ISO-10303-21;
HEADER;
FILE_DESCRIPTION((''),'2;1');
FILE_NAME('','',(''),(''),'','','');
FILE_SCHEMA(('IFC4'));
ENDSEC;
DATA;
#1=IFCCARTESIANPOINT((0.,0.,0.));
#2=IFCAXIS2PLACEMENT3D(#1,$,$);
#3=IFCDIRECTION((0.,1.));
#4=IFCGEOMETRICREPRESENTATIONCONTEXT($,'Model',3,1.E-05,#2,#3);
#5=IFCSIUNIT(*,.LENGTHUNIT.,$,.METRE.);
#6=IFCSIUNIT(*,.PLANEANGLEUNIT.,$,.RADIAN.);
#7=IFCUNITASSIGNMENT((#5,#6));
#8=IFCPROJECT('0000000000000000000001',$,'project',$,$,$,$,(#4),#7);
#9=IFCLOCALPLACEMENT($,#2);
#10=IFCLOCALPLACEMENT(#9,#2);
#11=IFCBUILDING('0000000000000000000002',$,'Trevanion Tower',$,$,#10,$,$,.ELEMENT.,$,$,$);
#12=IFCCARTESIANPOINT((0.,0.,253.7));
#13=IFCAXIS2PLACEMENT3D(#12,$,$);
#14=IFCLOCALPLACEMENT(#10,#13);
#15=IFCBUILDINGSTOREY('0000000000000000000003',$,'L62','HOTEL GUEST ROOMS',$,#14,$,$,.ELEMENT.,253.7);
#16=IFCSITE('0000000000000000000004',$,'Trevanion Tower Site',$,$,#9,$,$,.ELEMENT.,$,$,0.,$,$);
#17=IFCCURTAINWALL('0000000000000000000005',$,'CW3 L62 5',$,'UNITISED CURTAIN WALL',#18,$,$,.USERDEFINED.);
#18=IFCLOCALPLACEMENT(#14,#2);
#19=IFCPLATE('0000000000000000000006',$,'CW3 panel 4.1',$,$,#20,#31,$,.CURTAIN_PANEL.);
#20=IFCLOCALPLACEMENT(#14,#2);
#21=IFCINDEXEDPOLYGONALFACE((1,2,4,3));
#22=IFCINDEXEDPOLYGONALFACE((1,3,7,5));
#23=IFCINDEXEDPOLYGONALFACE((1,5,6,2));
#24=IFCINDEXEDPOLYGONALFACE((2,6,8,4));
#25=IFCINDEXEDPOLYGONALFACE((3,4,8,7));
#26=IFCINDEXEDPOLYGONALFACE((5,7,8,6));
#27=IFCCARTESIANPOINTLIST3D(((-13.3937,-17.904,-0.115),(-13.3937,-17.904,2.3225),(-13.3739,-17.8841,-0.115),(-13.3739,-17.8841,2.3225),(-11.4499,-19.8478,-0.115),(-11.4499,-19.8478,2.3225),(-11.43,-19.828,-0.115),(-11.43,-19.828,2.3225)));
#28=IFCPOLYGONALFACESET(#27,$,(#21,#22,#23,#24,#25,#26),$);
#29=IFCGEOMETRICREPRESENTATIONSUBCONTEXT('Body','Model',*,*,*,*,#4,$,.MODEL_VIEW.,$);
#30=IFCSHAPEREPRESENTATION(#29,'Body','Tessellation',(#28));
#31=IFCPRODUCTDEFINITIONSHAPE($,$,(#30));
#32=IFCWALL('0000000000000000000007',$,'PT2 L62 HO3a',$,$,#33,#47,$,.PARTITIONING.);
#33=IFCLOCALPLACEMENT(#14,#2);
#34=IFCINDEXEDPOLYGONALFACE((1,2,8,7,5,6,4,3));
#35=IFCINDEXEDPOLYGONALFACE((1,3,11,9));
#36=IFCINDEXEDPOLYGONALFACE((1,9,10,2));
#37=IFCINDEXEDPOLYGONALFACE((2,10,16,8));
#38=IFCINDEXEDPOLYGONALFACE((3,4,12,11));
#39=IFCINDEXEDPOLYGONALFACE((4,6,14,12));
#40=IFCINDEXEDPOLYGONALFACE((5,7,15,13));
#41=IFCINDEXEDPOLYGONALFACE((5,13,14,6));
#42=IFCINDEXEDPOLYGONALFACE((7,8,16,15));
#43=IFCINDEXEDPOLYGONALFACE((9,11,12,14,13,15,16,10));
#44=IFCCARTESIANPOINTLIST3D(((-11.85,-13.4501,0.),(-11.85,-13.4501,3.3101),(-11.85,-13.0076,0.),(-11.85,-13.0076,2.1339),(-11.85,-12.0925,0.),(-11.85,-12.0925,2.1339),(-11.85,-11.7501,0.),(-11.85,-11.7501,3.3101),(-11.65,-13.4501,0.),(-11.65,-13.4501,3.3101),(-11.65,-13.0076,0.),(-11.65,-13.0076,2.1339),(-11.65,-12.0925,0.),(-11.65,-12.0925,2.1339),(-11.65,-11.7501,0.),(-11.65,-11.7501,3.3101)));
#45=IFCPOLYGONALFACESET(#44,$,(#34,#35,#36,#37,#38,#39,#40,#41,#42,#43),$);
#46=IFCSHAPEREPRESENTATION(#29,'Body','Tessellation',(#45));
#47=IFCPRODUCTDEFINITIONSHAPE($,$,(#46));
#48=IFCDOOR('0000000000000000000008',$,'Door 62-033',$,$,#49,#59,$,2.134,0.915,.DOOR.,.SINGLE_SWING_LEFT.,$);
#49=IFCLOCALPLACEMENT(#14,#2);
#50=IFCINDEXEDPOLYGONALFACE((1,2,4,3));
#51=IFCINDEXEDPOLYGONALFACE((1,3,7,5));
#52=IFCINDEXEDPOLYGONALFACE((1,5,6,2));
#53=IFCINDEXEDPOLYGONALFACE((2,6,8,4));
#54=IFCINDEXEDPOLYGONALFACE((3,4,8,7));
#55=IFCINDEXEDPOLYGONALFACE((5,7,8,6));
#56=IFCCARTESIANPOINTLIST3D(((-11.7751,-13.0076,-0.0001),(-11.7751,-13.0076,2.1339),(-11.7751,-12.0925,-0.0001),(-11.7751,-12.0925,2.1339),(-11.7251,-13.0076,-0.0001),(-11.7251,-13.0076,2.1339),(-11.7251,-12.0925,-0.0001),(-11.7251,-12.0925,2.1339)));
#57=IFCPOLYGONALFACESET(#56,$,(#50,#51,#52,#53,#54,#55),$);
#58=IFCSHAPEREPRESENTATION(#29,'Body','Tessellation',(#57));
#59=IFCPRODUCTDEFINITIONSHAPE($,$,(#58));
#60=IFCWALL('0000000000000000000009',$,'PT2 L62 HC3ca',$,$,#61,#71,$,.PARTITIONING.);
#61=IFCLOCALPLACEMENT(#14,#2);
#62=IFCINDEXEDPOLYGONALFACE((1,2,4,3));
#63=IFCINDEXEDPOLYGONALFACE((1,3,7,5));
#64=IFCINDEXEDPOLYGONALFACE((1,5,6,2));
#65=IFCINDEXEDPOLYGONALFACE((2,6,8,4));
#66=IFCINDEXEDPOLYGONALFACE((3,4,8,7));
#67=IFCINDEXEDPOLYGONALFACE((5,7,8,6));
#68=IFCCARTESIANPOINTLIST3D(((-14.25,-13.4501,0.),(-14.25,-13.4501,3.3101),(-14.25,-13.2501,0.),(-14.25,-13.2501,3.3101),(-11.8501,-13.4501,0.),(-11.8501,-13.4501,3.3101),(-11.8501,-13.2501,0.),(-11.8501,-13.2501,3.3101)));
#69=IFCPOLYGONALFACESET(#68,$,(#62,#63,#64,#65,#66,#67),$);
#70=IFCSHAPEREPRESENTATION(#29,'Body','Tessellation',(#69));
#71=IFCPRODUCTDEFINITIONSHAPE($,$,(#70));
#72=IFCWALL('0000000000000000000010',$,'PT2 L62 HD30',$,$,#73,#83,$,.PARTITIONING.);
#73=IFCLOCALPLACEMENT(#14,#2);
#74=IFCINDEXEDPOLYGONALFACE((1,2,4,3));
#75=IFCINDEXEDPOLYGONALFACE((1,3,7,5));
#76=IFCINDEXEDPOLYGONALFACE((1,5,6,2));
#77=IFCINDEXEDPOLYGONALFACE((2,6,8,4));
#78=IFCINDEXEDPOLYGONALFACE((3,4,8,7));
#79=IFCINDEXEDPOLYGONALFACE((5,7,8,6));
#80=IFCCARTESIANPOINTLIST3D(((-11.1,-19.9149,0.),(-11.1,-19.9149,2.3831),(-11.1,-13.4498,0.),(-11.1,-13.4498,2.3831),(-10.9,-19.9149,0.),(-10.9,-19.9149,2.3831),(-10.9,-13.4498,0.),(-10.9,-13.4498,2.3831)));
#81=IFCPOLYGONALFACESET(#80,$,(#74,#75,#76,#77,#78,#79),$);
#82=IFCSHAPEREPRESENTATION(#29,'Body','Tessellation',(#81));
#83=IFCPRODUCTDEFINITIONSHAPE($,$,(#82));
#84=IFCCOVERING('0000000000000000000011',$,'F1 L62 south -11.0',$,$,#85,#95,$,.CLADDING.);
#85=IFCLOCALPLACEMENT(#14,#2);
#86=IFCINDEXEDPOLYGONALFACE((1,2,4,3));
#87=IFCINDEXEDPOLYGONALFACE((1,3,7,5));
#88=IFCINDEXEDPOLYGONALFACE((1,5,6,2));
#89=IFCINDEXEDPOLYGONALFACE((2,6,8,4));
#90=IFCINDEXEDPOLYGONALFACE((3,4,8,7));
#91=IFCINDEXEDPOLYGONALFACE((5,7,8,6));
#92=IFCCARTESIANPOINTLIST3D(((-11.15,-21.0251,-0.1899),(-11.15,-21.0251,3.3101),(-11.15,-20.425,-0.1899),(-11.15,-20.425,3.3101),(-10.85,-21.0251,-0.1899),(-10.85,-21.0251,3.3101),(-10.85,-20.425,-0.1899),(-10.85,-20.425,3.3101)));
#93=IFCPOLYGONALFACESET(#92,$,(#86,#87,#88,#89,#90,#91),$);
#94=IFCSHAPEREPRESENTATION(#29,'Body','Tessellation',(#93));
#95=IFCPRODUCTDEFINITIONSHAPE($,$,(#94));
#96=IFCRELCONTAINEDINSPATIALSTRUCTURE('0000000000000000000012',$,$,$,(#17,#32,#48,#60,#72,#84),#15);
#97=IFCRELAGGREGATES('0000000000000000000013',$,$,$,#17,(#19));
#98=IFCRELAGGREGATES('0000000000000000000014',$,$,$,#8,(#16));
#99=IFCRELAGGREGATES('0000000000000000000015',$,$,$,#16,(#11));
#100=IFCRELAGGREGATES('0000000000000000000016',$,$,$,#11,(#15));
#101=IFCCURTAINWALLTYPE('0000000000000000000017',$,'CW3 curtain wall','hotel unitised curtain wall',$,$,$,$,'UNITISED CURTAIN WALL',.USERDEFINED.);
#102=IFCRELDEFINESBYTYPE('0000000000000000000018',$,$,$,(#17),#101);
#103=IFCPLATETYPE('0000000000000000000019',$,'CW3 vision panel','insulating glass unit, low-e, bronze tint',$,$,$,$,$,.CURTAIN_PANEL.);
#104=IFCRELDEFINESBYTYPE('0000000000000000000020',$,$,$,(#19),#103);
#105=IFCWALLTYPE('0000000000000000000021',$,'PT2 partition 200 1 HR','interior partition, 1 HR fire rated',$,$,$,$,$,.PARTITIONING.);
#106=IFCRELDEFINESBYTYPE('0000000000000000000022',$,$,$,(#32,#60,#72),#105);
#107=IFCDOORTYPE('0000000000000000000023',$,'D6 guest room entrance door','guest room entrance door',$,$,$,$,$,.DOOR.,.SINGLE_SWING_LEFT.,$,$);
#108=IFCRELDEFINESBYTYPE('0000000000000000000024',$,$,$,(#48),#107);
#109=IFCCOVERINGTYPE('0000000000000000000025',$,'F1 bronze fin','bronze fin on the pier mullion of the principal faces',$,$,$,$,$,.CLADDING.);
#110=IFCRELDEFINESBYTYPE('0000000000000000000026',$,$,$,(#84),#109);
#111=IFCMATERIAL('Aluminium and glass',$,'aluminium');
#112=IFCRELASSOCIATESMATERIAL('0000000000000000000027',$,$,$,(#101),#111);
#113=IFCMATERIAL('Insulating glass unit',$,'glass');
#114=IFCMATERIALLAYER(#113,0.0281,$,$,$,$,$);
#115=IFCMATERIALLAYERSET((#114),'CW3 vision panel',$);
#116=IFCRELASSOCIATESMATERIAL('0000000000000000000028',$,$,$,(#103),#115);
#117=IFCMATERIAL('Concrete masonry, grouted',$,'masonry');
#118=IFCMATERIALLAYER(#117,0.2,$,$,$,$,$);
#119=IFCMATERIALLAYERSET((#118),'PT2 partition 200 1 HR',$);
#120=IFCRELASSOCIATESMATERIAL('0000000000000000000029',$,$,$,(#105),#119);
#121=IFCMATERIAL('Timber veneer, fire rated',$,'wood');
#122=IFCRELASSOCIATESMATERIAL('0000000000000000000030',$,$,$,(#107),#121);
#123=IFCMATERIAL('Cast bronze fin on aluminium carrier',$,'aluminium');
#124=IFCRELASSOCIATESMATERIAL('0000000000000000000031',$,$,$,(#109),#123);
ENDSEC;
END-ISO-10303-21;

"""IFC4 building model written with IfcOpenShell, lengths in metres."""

from ifc_helpers import new_model, si_unit, direction, frame, frame_2d, origin, origin_2d, place, context, subcontext, project, spatial, rectangle, extrude, material, layer, layer_set, type_object, element, fill, aggregate, save


model = new_model("IFC4")

# Units and contexts
model_context = context("Model", 3, precision=1e-05, world=origin(), true_north=direction((0.0, 1.0)))
body_context = subcontext(model_context, "Body", "Model", "MODEL_VIEW")
ifc_project = project(units=[si_unit("LENGTHUNIT", "METRE"), si_unit("PLANEANGLEUNIT", "RADIAN")], contexts=[model_context])

# Site, building, storey
site_placement = place(None, origin())
site = spatial("IfcSite", under=ifc_project, at=site_placement, Name="Trevanion Tower Site", CompositionType="ELEMENT", RefElevation=0.0)
building_placement = place(site_placement, origin())
building = spatial("IfcBuilding", under=site, at=building_placement, Name="Trevanion Tower", CompositionType="ELEMENT")
storey_placement = place(building_placement, frame((0.0, 0.0, 253.7)))
storey = spatial("IfcBuildingStorey", under=building, at=storey_placement, Name="L62", Description="HOTEL GUEST ROOMS", CompositionType="ELEMENT", Elevation=253.7)

# Curtain wall
ifc_material_1 = material(Name="Aluminium and glass", Category="aluminium")
curtain_wall_type = type_object("IfcCurtainWallType", Name="CW3 curtain wall", Description="hotel unitised curtain wall", ElementType="UNITISED CURTAIN WALL", PredefinedType="USERDEFINED", material=ifc_material_1)
curtain_wall_1_placement = place(storey_placement, origin())
curtain_wall_1 = element("IfcCurtainWall", 1, at=curtain_wall_1_placement, inside=storey, type_object=curtain_wall_type, Name="CW3 L62 5", ObjectType="UNITISED CURTAIN WALL", PredefinedType="USERDEFINED")

# Plate
ifc_material_2 = material(Name="Insulating glass unit", Category="glass")
ifc_layer_1 = layer(ifc_material_2, 0.0281)
ifc_layer_set_1 = layer_set([ifc_layer_1], Name="CW3 vision panel")
plate_type_1 = type_object("IfcPlateType", Name="CW3 vision panel", Description="insulating glass unit, low-e, bronze tint", PredefinedType="CURTAIN_PANEL", material=ifc_layer_set_1)
plate_1_placement = place(storey_placement, frame((-12.4119, -18.866, -0.115), z_axis=(0.0, 0.0, 1.0), x_axis=(0.707107, -0.707107, 0.0)))
plate_1 = element("IfcPlate", 2, at=plate_1_placement, type_object=plate_type_1, Name="CW3 panel 4.1", PredefinedType="CURTAIN_PANEL", context=body_context, shape_type="SweptSolid", body=[
    extrude(rectangle(XDim=2.749, YDim=0.0281, at=origin_2d()), origin(), (0.0, 0.0, 1.0), 2.4375),
])
aggregate(curtain_wall_1, [plate_1])

# Wall, opening, door
ifc_material_3 = material(Name="Concrete masonry, grouted", Category="masonry")
ifc_layer_2 = layer(ifc_material_3, 0.2)
ifc_layer_set_2 = layer_set([ifc_layer_2], Name="PT2 partition 200 1 HR")
wall_type = type_object("IfcWallType", Name="PT2 partition 200 1 HR", Description="interior partition, 1 HR fire rated", PredefinedType="PARTITIONING", material=ifc_layer_set_2)
wall_1_placement = place(storey_placement, frame((-11.75, -11.75, 0.0), z_axis=(0.0, 0.0, 1.0), x_axis=(0.0, -1.0, 0.0)))
wall_1 = element("IfcWall", 3, at=wall_1_placement, inside=storey, type_object=wall_type, Name="PT2 L62 HO3a", PredefinedType="PARTITIONING", context=body_context, shape_type="SweptSolid", body=[
    extrude(rectangle(XDim=1.7, YDim=0.2, at=frame_2d((0.8501, 0.0))), origin(), (0.0, 0.0, 1.0), 3.3101),
])
opening_placement = place(wall_1_placement, frame((0.3425, 0.0, 0.0)))
opening = element("IfcOpeningElement", 4, at=opening_placement, cuts=wall_1, PredefinedType="OPENING", context=body_context, shape_type="SweptSolid", body=[
    extrude(rectangle(XDim=0.915, YDim=2.134, at=frame_2d((0.4575, 1.0669))), frame((0.0, 0.1099, 0.0), z_axis=(0.0, -1.0, 0.0), x_axis=(1.0, 0.0, 0.0)), (0.0, 0.0, 1.0), 0.22),
])
ifc_material_4 = material(Name="Timber veneer, fire rated", Category="wood")
door_type = type_object("IfcDoorType", Name="D6 guest room entrance door", Description="guest room entrance door", OperationType="SINGLE_SWING_LEFT", PredefinedType="DOOR", material=ifc_material_4)
door_placement = place(opening_placement, origin())
door = element("IfcDoor", 5, at=door_placement, inside=storey, type_object=door_type, Name="Door 62-033", OperationType="SINGLE_SWING_LEFT", OverallHeight=2.134, OverallWidth=0.915, PredefinedType="DOOR", context=body_context, shape_type="SweptSolid", body=[
    extrude(rectangle(XDim=0.915, YDim=2.134, at=frame_2d((0.4575, 1.0669))), frame((0.0, 0.0249, 0.0), z_axis=(0.0, -1.0, 0.0), x_axis=(1.0, 0.0, 0.0)), (0.0, 0.0, 1.0), 0.05),
])
fill(opening, door)

# Walls
wall_2_placement = place(storey_placement, frame((-14.25, -13.3501, 0.0), z_axis=(0.0, 0.0, 1.0), x_axis=(1.0, 0.0, 0.0)))
element("IfcWall", 6, at=wall_2_placement, inside=storey, type_object=wall_type, Name="PT2 L62 HC3ca", PredefinedType="PARTITIONING", context=body_context, shape_type="SweptSolid", body=[
    extrude(rectangle(XDim=2.3999, YDim=0.2, at=frame_2d((1.2, 0.0))), origin(), (0.0, 0.0, 1.0), 3.3101),
])
wall_3_placement = place(storey_placement, frame((-11.0, -13.45, 0.0), z_axis=(0.0, 0.0, 1.0), x_axis=(0.0, -1.0, 0.0)))
element("IfcWall", 7, at=wall_3_placement, inside=storey, type_object=wall_type, Name="PT2 L62 HD30", PredefinedType="PARTITIONING", context=body_context, shape_type="SweptSolid", body=[
    extrude(rectangle(XDim=6.4651, YDim=0.2, at=frame_2d((3.2324, 0.0))), origin(), (0.0, 0.0, 1.0), 2.3831),
])

# Covering
ifc_material_5 = material(Name="Cast bronze fin on aluminium carrier", Category="aluminium")
covering_type = type_object("IfcCoveringType", Name="F1 bronze fin", Description="bronze fin on the pier mullion of the principal faces", PredefinedType="CLADDING", material=ifc_material_5)
covering_placement = place(storey_placement, frame((-11.0, -20.7251, -0.1899), z_axis=(0.0, 0.0, 1.0), x_axis=(1.0, 0.0, 0.0)))
element("IfcCovering", 8, at=covering_placement, inside=storey, type_object=covering_type, Name="F1 L62 south -11.0", PredefinedType="CLADDING", context=body_context, shape_type="SweptSolid", body=[
    extrude(rectangle(XDim=0.3, YDim=0.6001, at=origin_2d()), origin(), (0.0, 0.0, 1.0), 3.5),
])

save(model, "model.ifc")
